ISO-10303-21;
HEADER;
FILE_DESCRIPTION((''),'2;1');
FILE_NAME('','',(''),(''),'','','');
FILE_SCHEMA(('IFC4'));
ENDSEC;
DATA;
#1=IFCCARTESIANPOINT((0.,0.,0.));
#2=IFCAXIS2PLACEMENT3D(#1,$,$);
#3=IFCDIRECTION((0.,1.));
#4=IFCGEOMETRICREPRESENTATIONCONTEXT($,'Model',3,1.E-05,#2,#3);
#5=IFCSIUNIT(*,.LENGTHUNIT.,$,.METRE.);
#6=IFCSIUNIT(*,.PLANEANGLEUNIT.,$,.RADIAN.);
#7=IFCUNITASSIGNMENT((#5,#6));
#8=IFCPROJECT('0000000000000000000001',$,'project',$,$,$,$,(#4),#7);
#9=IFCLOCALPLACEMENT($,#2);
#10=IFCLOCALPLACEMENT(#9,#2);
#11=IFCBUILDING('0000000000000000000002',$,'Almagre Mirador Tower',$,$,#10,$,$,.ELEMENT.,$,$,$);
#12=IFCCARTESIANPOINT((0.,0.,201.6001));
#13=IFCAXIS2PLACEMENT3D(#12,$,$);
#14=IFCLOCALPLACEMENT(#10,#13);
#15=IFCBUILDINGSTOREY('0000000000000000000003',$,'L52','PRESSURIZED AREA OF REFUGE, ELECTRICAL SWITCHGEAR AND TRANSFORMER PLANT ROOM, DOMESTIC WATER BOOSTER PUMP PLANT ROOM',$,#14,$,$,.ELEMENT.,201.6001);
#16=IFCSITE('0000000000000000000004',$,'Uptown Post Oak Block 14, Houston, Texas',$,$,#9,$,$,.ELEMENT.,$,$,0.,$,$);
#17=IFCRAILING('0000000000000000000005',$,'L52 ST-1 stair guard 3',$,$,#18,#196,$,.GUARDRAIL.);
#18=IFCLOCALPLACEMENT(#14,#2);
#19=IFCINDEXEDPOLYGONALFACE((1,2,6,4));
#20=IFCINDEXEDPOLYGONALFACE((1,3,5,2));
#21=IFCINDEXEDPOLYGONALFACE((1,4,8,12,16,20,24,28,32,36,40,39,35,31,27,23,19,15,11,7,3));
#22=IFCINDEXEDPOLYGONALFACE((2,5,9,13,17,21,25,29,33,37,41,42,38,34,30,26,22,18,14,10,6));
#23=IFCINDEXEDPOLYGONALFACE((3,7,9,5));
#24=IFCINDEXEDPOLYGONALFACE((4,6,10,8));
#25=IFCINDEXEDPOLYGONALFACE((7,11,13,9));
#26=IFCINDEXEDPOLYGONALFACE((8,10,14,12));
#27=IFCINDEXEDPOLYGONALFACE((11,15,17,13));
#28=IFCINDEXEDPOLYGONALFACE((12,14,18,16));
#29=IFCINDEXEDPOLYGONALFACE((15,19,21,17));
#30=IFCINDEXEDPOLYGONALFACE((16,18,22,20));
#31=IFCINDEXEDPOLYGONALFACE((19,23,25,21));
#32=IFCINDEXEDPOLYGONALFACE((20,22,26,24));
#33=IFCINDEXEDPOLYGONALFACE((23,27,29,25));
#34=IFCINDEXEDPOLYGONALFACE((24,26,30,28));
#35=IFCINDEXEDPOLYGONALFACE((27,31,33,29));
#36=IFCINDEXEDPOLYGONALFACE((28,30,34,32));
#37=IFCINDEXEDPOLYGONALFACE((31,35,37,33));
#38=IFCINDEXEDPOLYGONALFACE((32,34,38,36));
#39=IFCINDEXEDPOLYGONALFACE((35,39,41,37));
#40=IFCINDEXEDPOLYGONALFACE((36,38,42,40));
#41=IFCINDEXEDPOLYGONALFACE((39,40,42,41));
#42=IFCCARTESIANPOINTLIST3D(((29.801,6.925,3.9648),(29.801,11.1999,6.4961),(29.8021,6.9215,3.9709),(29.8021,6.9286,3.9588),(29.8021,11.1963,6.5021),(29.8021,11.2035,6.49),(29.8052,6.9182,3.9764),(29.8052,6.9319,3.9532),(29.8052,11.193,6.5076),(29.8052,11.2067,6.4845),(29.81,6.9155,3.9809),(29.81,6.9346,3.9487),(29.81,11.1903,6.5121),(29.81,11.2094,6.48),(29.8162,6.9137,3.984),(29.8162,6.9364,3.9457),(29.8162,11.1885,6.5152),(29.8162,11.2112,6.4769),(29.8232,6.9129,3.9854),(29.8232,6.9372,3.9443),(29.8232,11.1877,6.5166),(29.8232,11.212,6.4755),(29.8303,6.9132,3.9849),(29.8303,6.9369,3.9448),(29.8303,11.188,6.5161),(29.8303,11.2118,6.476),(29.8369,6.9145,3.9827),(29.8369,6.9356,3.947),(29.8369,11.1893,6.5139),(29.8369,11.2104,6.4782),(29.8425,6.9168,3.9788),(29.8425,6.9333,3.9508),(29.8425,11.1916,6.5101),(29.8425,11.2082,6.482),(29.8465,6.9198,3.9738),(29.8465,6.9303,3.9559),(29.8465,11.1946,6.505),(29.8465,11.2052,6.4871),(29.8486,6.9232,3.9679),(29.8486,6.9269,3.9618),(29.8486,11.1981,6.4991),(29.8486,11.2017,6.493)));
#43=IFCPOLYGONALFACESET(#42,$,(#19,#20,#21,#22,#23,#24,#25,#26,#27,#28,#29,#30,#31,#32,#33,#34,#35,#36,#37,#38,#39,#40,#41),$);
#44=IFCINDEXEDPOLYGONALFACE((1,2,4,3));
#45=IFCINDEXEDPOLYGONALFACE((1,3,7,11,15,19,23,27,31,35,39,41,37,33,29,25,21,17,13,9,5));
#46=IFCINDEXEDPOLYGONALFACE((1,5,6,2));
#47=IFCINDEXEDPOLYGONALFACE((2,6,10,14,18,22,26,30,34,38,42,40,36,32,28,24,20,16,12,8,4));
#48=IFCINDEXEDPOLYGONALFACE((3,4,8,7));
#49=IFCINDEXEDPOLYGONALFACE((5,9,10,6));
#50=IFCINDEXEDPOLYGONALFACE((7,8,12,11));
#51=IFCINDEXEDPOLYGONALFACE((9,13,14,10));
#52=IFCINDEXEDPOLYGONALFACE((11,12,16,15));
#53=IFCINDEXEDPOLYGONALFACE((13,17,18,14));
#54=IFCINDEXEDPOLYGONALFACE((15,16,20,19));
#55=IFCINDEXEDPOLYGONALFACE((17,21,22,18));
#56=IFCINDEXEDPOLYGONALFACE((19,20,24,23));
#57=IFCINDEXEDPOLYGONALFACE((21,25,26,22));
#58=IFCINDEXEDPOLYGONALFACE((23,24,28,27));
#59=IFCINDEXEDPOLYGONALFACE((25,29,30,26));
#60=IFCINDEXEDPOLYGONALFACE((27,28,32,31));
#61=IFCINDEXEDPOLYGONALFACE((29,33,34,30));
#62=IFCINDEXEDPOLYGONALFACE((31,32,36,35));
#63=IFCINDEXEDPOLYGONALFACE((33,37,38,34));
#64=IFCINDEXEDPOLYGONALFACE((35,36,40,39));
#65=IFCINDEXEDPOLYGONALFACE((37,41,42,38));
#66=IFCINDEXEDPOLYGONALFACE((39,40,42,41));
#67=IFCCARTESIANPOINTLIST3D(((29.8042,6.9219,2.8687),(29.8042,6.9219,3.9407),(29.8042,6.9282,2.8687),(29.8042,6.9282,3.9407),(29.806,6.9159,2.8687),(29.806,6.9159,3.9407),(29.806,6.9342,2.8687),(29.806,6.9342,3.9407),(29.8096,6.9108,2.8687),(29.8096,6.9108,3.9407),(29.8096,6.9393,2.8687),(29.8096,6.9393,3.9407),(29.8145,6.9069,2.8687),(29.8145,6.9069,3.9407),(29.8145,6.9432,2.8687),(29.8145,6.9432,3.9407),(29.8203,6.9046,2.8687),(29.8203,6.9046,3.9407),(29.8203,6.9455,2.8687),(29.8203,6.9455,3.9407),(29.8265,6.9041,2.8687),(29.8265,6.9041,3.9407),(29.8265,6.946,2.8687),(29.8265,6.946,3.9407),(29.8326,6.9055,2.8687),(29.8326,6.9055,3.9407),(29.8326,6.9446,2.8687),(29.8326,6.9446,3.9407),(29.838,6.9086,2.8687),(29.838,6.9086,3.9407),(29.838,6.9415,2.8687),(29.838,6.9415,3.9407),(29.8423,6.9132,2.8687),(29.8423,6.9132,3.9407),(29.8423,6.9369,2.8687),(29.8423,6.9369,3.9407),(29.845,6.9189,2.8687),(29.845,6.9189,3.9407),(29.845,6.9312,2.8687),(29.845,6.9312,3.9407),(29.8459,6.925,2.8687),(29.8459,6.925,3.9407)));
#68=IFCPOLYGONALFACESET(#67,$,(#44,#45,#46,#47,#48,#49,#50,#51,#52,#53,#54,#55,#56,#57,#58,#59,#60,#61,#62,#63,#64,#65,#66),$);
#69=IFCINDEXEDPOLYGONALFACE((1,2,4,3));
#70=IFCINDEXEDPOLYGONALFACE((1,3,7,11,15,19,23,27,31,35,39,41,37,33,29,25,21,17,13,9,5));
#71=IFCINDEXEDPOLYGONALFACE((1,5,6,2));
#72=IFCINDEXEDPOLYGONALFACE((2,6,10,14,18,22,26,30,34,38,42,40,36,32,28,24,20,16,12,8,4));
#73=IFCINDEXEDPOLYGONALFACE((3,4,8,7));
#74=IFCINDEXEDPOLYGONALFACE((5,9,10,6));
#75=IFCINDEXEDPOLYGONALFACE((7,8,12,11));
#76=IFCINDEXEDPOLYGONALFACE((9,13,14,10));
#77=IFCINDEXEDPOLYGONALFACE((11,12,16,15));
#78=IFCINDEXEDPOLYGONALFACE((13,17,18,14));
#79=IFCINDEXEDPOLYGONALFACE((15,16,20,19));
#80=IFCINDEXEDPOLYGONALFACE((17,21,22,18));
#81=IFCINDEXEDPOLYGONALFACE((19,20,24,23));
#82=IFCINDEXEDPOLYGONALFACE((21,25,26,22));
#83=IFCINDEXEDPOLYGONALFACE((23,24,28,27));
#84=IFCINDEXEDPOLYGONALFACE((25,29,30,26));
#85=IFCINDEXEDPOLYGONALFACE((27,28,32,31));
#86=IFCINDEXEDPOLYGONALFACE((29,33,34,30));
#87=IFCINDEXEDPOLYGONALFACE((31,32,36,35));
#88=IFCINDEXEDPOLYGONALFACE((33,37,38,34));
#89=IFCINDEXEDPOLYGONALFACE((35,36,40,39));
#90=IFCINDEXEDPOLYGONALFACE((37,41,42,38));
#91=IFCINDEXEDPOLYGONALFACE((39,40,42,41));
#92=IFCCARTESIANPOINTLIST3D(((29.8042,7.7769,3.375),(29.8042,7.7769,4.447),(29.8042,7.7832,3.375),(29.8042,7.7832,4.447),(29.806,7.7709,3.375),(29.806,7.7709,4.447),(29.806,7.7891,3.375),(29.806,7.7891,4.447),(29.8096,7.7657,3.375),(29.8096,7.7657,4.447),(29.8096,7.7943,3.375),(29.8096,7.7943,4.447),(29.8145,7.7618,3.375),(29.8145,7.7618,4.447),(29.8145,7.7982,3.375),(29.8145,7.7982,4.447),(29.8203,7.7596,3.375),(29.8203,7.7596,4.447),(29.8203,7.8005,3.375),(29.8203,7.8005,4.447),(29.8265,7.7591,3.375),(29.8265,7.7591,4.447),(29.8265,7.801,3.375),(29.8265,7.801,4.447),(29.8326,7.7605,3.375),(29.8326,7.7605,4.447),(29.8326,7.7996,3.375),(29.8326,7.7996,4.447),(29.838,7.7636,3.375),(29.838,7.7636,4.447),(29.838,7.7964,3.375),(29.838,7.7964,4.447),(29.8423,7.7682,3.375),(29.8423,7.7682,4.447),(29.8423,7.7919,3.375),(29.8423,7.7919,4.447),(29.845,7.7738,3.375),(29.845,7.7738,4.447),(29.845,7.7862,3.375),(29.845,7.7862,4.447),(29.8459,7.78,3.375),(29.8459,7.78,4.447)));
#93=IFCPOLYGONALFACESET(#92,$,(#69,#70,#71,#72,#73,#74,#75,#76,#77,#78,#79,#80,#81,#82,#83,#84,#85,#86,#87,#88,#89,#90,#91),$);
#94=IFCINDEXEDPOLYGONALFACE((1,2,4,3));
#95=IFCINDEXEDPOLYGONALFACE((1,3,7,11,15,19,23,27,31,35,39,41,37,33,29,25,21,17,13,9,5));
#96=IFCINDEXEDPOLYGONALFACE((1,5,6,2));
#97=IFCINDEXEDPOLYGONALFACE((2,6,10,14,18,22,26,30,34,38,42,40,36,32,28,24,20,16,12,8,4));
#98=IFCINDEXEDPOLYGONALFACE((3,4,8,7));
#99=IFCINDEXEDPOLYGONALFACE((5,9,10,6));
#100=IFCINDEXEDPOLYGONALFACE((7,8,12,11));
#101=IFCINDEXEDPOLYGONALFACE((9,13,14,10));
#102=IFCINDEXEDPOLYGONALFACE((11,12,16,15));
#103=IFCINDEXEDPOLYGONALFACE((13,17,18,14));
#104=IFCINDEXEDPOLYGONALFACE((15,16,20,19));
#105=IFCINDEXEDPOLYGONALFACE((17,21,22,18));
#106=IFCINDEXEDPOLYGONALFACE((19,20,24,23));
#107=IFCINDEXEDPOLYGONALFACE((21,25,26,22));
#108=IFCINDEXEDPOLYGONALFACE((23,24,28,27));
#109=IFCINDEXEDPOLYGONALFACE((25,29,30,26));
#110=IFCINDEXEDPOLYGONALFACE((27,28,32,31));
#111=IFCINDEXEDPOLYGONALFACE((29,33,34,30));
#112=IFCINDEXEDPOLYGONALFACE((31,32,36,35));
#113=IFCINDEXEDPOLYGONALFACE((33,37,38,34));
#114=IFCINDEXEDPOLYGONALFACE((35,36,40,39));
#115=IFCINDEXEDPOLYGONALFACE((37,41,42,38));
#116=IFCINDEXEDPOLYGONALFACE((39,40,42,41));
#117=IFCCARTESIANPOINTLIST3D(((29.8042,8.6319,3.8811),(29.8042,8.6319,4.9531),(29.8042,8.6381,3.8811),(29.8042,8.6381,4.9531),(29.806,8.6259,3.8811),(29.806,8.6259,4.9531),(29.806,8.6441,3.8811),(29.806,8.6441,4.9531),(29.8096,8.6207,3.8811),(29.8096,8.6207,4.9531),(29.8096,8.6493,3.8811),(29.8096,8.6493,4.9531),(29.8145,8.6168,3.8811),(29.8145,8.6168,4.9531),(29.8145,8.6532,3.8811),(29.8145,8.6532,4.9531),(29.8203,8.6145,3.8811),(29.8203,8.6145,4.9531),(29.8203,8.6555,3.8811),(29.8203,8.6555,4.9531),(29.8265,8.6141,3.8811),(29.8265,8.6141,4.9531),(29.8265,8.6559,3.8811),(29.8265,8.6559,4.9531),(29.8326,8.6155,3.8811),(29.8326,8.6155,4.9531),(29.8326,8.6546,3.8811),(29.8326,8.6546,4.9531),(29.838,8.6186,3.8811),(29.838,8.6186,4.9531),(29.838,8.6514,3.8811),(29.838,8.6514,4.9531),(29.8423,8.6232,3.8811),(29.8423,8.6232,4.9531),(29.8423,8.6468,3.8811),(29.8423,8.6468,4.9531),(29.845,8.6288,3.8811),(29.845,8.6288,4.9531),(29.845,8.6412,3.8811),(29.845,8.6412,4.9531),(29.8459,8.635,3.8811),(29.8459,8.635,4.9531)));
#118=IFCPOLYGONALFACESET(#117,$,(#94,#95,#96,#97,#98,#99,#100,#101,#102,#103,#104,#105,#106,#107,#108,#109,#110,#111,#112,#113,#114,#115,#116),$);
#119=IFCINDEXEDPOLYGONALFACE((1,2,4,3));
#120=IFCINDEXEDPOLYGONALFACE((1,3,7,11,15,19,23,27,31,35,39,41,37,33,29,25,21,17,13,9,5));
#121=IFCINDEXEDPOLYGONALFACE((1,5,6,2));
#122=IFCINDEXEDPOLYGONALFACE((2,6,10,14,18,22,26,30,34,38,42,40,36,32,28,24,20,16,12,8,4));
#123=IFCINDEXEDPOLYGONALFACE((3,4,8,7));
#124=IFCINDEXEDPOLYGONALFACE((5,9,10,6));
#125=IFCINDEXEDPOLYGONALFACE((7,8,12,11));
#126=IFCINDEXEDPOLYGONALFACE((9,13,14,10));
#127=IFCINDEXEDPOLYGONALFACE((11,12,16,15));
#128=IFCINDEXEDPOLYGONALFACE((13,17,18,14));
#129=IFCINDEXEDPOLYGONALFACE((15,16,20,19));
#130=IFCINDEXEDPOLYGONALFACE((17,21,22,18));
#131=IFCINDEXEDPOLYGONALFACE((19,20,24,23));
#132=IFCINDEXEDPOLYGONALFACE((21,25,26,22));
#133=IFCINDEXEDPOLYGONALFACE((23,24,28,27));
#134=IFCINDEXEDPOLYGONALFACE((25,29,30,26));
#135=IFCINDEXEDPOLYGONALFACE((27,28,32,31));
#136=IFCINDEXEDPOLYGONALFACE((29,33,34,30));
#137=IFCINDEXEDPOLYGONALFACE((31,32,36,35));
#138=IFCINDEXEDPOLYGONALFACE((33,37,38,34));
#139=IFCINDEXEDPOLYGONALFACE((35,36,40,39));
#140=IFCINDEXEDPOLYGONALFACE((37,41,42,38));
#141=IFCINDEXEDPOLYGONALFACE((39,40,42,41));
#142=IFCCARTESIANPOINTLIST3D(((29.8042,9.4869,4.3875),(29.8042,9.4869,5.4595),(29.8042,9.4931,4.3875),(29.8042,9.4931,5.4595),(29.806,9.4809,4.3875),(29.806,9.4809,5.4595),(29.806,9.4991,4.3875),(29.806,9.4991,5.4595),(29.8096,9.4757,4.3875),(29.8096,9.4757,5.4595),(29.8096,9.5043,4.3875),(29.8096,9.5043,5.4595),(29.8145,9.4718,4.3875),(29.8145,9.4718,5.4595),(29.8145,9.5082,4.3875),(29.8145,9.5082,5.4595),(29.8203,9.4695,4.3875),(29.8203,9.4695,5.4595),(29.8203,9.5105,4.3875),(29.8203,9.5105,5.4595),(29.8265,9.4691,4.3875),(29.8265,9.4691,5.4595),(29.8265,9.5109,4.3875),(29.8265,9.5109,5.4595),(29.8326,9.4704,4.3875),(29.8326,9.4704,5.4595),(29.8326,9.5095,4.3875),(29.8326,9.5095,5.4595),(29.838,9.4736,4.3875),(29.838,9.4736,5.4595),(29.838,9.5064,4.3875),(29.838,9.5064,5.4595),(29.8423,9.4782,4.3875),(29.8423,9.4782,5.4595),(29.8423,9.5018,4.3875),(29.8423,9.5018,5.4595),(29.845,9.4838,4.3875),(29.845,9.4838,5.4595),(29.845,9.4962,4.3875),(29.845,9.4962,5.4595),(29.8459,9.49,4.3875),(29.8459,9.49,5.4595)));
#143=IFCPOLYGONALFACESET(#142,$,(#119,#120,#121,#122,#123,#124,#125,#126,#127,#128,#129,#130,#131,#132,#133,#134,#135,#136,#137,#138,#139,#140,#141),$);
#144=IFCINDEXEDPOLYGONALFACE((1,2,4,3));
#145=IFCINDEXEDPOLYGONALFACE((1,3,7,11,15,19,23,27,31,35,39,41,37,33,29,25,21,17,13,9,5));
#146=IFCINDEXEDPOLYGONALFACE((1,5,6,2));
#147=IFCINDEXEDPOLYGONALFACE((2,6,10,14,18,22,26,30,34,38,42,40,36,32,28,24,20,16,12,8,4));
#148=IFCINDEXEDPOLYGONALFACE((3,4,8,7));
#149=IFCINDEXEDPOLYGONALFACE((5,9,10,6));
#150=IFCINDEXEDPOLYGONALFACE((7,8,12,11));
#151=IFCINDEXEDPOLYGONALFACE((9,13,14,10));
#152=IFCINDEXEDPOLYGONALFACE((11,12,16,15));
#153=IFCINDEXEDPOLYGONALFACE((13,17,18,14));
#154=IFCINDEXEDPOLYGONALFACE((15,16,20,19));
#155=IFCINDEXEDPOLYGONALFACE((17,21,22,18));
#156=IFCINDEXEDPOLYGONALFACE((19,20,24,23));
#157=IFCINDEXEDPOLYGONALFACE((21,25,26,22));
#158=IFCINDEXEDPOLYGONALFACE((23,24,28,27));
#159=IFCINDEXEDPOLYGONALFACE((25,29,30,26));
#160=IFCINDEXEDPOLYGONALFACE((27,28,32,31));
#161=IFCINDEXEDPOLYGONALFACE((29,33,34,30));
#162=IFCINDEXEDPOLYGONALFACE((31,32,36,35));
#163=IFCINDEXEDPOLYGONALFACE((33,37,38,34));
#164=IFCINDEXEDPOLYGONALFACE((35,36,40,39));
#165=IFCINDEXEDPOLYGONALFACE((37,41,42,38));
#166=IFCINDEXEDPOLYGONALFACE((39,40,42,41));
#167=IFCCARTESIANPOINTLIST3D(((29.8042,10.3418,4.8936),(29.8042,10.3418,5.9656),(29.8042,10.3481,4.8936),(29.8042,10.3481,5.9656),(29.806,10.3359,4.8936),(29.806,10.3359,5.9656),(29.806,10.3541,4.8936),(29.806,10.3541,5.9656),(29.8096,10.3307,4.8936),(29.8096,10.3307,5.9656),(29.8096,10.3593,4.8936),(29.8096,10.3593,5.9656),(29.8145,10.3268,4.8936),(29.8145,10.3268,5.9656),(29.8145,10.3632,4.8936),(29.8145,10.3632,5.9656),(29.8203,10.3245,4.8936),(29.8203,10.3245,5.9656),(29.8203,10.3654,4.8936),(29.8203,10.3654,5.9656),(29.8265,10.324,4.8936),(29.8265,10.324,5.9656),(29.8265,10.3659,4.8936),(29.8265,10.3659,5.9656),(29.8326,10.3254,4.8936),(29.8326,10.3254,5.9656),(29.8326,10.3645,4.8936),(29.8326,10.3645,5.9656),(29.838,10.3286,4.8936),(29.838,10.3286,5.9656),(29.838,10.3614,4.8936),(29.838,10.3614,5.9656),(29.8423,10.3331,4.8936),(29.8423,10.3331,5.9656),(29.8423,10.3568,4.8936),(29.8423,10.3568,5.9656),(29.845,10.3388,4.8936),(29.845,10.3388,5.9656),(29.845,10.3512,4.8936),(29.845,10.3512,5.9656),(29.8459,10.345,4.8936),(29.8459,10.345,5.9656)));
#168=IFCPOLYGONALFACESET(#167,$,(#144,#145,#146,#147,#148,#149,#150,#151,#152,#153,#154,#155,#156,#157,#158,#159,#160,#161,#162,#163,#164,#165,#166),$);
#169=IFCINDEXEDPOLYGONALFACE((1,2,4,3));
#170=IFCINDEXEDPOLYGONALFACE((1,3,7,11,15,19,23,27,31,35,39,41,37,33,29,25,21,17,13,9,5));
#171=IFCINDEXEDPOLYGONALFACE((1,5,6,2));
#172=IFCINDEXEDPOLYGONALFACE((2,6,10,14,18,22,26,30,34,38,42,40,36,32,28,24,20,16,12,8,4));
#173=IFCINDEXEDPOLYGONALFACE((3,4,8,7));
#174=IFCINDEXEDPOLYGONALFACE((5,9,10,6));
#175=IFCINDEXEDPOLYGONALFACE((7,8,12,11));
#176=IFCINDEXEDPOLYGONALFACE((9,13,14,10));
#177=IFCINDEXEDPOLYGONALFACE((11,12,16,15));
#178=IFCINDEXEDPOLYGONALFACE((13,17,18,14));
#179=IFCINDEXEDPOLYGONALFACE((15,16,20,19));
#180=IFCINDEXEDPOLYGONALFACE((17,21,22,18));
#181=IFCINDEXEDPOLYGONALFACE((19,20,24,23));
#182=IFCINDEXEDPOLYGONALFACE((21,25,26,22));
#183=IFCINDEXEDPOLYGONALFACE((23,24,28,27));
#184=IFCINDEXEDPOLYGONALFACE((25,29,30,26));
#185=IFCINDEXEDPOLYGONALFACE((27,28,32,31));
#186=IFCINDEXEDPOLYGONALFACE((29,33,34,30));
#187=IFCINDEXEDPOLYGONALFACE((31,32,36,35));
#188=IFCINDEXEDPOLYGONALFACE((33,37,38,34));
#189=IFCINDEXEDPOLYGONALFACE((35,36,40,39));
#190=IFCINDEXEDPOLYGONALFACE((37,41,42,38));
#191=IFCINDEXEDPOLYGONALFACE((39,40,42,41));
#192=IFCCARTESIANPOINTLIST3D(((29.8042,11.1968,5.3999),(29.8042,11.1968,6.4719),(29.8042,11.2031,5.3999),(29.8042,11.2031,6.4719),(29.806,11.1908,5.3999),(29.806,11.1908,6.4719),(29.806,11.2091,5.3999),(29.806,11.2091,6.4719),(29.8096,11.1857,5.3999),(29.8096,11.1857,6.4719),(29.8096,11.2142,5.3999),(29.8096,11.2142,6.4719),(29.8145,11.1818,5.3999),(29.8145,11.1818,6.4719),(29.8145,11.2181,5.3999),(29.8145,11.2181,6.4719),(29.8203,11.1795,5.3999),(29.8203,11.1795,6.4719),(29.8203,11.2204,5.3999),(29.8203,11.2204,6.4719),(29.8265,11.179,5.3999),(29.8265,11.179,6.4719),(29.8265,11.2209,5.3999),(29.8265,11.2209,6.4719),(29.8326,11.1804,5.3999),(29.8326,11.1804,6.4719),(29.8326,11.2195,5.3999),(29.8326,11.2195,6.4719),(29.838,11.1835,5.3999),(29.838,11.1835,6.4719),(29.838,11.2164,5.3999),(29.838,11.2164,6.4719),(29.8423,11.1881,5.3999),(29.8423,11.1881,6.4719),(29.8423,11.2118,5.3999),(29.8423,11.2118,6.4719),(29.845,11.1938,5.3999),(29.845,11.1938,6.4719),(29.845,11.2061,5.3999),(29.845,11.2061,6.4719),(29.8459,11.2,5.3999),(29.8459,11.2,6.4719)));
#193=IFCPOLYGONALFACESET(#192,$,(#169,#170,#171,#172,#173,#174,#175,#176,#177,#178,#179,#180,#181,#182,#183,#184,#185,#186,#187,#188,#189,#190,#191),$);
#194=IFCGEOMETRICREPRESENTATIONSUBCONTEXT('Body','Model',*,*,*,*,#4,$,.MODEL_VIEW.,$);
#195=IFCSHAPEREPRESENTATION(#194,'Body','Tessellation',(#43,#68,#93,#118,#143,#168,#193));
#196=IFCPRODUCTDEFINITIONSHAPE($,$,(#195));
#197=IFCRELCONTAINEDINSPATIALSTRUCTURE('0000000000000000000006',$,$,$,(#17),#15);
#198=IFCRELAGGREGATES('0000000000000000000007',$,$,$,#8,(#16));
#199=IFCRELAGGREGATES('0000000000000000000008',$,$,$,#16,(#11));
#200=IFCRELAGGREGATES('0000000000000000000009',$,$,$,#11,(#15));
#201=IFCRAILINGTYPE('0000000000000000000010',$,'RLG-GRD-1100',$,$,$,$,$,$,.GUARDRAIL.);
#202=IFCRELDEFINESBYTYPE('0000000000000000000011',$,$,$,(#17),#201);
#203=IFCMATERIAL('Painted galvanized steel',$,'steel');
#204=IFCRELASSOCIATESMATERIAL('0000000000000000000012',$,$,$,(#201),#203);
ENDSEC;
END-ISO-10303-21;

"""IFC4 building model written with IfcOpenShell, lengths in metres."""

from ifc_helpers import new_model, si_unit, direction, frame, origin, origin_2d, place, context, subcontext, project, spatial, circle, extrude, material, type_object, element, save


model = new_model("IFC4")

# Units and contexts
model_context = context("Model", 3, precision=1e-05, world=origin(), true_north=direction((0.0, 1.0)))
body_context = subcontext(model_context, "Body", "Model", "MODEL_VIEW")
ifc_project = project(units=[si_unit("LENGTHUNIT", "METRE"), si_unit("PLANEANGLEUNIT", "RADIAN")], contexts=[model_context])

# Site, building, storey
site_placement = place(None, origin())
site = spatial("IfcSite", under=ifc_project, at=site_placement, Name="Uptown Post Oak Block 14, Houston, Texas", CompositionType="ELEMENT", RefElevation=0.0)
building_placement = place(site_placement, origin())
building = spatial("IfcBuilding", under=site, at=building_placement, Name="Almagre Mirador Tower", CompositionType="ELEMENT")
storey_placement = place(building_placement, frame((0.0, 0.0, 201.6001)))
storey = spatial("IfcBuildingStorey", under=building, at=storey_placement, Name="L52", Description="PRESSURIZED AREA OF REFUGE, ELECTRICAL SWITCHGEAR AND TRANSFORMER PLANT ROOM, DOMESTIC WATER BOOSTER PUMP PLANT ROOM", CompositionType="ELEMENT", Elevation=201.6001)

# Railing
ifc_material_1 = material(Name="Painted galvanized steel", Category="steel")
railing_type_1 = type_object("IfcRailingType", Name="RLG-GRD-1100", PredefinedType="GUARDRAIL", material=ifc_material_1)
railing_1_placement = place(storey_placement, frame((29.825, 6.925, 2.8687)))
element("IfcRailing", 1, at=railing_1_placement, inside=storey, type_object=railing_type_1, Name="L52 ST-1 stair guard 3", PredefinedType="GUARDRAIL", context=body_context, shape_type="SweptSolid", body=[
    extrude(circle(Radius=0.0239, at=origin_2d()), frame((0.0, 0.0, 1.0962), z_axis=(0.0, 0.86047, 0.509501), x_axis=(-1.0, 0.0, 0.0)), (0.0, 0.0, 1.0), 4.968),
    extrude(circle(Radius=0.021, at=origin_2d()), origin(), (0.0, 0.0, 1.0), 1.072),
    extrude(circle(Radius=0.021, at=origin_2d()), frame((0.0, 0.855, 0.5063)), (0.0, 0.0, 1.0), 1.072),
    extrude(circle(Radius=0.021, at=origin_2d()), frame((0.0, 1.71, 1.0125)), (0.0, 0.0, 1.0), 1.072),
    extrude(circle(Radius=0.021, at=origin_2d()), frame((0.0, 2.5649, 1.5188)), (0.0, 0.0, 1.0), 1.072),
    extrude(circle(Radius=0.021, at=origin_2d()), frame((0.0, 3.4199, 2.0249)), (0.0, 0.0, 1.0), 1.072),
    extrude(circle(Radius=0.021, at=origin_2d()), frame((0.0, 4.2749, 2.5312)), (0.0, 0.0, 1.0), 1.072),
])

save(model, "model.ifc")
